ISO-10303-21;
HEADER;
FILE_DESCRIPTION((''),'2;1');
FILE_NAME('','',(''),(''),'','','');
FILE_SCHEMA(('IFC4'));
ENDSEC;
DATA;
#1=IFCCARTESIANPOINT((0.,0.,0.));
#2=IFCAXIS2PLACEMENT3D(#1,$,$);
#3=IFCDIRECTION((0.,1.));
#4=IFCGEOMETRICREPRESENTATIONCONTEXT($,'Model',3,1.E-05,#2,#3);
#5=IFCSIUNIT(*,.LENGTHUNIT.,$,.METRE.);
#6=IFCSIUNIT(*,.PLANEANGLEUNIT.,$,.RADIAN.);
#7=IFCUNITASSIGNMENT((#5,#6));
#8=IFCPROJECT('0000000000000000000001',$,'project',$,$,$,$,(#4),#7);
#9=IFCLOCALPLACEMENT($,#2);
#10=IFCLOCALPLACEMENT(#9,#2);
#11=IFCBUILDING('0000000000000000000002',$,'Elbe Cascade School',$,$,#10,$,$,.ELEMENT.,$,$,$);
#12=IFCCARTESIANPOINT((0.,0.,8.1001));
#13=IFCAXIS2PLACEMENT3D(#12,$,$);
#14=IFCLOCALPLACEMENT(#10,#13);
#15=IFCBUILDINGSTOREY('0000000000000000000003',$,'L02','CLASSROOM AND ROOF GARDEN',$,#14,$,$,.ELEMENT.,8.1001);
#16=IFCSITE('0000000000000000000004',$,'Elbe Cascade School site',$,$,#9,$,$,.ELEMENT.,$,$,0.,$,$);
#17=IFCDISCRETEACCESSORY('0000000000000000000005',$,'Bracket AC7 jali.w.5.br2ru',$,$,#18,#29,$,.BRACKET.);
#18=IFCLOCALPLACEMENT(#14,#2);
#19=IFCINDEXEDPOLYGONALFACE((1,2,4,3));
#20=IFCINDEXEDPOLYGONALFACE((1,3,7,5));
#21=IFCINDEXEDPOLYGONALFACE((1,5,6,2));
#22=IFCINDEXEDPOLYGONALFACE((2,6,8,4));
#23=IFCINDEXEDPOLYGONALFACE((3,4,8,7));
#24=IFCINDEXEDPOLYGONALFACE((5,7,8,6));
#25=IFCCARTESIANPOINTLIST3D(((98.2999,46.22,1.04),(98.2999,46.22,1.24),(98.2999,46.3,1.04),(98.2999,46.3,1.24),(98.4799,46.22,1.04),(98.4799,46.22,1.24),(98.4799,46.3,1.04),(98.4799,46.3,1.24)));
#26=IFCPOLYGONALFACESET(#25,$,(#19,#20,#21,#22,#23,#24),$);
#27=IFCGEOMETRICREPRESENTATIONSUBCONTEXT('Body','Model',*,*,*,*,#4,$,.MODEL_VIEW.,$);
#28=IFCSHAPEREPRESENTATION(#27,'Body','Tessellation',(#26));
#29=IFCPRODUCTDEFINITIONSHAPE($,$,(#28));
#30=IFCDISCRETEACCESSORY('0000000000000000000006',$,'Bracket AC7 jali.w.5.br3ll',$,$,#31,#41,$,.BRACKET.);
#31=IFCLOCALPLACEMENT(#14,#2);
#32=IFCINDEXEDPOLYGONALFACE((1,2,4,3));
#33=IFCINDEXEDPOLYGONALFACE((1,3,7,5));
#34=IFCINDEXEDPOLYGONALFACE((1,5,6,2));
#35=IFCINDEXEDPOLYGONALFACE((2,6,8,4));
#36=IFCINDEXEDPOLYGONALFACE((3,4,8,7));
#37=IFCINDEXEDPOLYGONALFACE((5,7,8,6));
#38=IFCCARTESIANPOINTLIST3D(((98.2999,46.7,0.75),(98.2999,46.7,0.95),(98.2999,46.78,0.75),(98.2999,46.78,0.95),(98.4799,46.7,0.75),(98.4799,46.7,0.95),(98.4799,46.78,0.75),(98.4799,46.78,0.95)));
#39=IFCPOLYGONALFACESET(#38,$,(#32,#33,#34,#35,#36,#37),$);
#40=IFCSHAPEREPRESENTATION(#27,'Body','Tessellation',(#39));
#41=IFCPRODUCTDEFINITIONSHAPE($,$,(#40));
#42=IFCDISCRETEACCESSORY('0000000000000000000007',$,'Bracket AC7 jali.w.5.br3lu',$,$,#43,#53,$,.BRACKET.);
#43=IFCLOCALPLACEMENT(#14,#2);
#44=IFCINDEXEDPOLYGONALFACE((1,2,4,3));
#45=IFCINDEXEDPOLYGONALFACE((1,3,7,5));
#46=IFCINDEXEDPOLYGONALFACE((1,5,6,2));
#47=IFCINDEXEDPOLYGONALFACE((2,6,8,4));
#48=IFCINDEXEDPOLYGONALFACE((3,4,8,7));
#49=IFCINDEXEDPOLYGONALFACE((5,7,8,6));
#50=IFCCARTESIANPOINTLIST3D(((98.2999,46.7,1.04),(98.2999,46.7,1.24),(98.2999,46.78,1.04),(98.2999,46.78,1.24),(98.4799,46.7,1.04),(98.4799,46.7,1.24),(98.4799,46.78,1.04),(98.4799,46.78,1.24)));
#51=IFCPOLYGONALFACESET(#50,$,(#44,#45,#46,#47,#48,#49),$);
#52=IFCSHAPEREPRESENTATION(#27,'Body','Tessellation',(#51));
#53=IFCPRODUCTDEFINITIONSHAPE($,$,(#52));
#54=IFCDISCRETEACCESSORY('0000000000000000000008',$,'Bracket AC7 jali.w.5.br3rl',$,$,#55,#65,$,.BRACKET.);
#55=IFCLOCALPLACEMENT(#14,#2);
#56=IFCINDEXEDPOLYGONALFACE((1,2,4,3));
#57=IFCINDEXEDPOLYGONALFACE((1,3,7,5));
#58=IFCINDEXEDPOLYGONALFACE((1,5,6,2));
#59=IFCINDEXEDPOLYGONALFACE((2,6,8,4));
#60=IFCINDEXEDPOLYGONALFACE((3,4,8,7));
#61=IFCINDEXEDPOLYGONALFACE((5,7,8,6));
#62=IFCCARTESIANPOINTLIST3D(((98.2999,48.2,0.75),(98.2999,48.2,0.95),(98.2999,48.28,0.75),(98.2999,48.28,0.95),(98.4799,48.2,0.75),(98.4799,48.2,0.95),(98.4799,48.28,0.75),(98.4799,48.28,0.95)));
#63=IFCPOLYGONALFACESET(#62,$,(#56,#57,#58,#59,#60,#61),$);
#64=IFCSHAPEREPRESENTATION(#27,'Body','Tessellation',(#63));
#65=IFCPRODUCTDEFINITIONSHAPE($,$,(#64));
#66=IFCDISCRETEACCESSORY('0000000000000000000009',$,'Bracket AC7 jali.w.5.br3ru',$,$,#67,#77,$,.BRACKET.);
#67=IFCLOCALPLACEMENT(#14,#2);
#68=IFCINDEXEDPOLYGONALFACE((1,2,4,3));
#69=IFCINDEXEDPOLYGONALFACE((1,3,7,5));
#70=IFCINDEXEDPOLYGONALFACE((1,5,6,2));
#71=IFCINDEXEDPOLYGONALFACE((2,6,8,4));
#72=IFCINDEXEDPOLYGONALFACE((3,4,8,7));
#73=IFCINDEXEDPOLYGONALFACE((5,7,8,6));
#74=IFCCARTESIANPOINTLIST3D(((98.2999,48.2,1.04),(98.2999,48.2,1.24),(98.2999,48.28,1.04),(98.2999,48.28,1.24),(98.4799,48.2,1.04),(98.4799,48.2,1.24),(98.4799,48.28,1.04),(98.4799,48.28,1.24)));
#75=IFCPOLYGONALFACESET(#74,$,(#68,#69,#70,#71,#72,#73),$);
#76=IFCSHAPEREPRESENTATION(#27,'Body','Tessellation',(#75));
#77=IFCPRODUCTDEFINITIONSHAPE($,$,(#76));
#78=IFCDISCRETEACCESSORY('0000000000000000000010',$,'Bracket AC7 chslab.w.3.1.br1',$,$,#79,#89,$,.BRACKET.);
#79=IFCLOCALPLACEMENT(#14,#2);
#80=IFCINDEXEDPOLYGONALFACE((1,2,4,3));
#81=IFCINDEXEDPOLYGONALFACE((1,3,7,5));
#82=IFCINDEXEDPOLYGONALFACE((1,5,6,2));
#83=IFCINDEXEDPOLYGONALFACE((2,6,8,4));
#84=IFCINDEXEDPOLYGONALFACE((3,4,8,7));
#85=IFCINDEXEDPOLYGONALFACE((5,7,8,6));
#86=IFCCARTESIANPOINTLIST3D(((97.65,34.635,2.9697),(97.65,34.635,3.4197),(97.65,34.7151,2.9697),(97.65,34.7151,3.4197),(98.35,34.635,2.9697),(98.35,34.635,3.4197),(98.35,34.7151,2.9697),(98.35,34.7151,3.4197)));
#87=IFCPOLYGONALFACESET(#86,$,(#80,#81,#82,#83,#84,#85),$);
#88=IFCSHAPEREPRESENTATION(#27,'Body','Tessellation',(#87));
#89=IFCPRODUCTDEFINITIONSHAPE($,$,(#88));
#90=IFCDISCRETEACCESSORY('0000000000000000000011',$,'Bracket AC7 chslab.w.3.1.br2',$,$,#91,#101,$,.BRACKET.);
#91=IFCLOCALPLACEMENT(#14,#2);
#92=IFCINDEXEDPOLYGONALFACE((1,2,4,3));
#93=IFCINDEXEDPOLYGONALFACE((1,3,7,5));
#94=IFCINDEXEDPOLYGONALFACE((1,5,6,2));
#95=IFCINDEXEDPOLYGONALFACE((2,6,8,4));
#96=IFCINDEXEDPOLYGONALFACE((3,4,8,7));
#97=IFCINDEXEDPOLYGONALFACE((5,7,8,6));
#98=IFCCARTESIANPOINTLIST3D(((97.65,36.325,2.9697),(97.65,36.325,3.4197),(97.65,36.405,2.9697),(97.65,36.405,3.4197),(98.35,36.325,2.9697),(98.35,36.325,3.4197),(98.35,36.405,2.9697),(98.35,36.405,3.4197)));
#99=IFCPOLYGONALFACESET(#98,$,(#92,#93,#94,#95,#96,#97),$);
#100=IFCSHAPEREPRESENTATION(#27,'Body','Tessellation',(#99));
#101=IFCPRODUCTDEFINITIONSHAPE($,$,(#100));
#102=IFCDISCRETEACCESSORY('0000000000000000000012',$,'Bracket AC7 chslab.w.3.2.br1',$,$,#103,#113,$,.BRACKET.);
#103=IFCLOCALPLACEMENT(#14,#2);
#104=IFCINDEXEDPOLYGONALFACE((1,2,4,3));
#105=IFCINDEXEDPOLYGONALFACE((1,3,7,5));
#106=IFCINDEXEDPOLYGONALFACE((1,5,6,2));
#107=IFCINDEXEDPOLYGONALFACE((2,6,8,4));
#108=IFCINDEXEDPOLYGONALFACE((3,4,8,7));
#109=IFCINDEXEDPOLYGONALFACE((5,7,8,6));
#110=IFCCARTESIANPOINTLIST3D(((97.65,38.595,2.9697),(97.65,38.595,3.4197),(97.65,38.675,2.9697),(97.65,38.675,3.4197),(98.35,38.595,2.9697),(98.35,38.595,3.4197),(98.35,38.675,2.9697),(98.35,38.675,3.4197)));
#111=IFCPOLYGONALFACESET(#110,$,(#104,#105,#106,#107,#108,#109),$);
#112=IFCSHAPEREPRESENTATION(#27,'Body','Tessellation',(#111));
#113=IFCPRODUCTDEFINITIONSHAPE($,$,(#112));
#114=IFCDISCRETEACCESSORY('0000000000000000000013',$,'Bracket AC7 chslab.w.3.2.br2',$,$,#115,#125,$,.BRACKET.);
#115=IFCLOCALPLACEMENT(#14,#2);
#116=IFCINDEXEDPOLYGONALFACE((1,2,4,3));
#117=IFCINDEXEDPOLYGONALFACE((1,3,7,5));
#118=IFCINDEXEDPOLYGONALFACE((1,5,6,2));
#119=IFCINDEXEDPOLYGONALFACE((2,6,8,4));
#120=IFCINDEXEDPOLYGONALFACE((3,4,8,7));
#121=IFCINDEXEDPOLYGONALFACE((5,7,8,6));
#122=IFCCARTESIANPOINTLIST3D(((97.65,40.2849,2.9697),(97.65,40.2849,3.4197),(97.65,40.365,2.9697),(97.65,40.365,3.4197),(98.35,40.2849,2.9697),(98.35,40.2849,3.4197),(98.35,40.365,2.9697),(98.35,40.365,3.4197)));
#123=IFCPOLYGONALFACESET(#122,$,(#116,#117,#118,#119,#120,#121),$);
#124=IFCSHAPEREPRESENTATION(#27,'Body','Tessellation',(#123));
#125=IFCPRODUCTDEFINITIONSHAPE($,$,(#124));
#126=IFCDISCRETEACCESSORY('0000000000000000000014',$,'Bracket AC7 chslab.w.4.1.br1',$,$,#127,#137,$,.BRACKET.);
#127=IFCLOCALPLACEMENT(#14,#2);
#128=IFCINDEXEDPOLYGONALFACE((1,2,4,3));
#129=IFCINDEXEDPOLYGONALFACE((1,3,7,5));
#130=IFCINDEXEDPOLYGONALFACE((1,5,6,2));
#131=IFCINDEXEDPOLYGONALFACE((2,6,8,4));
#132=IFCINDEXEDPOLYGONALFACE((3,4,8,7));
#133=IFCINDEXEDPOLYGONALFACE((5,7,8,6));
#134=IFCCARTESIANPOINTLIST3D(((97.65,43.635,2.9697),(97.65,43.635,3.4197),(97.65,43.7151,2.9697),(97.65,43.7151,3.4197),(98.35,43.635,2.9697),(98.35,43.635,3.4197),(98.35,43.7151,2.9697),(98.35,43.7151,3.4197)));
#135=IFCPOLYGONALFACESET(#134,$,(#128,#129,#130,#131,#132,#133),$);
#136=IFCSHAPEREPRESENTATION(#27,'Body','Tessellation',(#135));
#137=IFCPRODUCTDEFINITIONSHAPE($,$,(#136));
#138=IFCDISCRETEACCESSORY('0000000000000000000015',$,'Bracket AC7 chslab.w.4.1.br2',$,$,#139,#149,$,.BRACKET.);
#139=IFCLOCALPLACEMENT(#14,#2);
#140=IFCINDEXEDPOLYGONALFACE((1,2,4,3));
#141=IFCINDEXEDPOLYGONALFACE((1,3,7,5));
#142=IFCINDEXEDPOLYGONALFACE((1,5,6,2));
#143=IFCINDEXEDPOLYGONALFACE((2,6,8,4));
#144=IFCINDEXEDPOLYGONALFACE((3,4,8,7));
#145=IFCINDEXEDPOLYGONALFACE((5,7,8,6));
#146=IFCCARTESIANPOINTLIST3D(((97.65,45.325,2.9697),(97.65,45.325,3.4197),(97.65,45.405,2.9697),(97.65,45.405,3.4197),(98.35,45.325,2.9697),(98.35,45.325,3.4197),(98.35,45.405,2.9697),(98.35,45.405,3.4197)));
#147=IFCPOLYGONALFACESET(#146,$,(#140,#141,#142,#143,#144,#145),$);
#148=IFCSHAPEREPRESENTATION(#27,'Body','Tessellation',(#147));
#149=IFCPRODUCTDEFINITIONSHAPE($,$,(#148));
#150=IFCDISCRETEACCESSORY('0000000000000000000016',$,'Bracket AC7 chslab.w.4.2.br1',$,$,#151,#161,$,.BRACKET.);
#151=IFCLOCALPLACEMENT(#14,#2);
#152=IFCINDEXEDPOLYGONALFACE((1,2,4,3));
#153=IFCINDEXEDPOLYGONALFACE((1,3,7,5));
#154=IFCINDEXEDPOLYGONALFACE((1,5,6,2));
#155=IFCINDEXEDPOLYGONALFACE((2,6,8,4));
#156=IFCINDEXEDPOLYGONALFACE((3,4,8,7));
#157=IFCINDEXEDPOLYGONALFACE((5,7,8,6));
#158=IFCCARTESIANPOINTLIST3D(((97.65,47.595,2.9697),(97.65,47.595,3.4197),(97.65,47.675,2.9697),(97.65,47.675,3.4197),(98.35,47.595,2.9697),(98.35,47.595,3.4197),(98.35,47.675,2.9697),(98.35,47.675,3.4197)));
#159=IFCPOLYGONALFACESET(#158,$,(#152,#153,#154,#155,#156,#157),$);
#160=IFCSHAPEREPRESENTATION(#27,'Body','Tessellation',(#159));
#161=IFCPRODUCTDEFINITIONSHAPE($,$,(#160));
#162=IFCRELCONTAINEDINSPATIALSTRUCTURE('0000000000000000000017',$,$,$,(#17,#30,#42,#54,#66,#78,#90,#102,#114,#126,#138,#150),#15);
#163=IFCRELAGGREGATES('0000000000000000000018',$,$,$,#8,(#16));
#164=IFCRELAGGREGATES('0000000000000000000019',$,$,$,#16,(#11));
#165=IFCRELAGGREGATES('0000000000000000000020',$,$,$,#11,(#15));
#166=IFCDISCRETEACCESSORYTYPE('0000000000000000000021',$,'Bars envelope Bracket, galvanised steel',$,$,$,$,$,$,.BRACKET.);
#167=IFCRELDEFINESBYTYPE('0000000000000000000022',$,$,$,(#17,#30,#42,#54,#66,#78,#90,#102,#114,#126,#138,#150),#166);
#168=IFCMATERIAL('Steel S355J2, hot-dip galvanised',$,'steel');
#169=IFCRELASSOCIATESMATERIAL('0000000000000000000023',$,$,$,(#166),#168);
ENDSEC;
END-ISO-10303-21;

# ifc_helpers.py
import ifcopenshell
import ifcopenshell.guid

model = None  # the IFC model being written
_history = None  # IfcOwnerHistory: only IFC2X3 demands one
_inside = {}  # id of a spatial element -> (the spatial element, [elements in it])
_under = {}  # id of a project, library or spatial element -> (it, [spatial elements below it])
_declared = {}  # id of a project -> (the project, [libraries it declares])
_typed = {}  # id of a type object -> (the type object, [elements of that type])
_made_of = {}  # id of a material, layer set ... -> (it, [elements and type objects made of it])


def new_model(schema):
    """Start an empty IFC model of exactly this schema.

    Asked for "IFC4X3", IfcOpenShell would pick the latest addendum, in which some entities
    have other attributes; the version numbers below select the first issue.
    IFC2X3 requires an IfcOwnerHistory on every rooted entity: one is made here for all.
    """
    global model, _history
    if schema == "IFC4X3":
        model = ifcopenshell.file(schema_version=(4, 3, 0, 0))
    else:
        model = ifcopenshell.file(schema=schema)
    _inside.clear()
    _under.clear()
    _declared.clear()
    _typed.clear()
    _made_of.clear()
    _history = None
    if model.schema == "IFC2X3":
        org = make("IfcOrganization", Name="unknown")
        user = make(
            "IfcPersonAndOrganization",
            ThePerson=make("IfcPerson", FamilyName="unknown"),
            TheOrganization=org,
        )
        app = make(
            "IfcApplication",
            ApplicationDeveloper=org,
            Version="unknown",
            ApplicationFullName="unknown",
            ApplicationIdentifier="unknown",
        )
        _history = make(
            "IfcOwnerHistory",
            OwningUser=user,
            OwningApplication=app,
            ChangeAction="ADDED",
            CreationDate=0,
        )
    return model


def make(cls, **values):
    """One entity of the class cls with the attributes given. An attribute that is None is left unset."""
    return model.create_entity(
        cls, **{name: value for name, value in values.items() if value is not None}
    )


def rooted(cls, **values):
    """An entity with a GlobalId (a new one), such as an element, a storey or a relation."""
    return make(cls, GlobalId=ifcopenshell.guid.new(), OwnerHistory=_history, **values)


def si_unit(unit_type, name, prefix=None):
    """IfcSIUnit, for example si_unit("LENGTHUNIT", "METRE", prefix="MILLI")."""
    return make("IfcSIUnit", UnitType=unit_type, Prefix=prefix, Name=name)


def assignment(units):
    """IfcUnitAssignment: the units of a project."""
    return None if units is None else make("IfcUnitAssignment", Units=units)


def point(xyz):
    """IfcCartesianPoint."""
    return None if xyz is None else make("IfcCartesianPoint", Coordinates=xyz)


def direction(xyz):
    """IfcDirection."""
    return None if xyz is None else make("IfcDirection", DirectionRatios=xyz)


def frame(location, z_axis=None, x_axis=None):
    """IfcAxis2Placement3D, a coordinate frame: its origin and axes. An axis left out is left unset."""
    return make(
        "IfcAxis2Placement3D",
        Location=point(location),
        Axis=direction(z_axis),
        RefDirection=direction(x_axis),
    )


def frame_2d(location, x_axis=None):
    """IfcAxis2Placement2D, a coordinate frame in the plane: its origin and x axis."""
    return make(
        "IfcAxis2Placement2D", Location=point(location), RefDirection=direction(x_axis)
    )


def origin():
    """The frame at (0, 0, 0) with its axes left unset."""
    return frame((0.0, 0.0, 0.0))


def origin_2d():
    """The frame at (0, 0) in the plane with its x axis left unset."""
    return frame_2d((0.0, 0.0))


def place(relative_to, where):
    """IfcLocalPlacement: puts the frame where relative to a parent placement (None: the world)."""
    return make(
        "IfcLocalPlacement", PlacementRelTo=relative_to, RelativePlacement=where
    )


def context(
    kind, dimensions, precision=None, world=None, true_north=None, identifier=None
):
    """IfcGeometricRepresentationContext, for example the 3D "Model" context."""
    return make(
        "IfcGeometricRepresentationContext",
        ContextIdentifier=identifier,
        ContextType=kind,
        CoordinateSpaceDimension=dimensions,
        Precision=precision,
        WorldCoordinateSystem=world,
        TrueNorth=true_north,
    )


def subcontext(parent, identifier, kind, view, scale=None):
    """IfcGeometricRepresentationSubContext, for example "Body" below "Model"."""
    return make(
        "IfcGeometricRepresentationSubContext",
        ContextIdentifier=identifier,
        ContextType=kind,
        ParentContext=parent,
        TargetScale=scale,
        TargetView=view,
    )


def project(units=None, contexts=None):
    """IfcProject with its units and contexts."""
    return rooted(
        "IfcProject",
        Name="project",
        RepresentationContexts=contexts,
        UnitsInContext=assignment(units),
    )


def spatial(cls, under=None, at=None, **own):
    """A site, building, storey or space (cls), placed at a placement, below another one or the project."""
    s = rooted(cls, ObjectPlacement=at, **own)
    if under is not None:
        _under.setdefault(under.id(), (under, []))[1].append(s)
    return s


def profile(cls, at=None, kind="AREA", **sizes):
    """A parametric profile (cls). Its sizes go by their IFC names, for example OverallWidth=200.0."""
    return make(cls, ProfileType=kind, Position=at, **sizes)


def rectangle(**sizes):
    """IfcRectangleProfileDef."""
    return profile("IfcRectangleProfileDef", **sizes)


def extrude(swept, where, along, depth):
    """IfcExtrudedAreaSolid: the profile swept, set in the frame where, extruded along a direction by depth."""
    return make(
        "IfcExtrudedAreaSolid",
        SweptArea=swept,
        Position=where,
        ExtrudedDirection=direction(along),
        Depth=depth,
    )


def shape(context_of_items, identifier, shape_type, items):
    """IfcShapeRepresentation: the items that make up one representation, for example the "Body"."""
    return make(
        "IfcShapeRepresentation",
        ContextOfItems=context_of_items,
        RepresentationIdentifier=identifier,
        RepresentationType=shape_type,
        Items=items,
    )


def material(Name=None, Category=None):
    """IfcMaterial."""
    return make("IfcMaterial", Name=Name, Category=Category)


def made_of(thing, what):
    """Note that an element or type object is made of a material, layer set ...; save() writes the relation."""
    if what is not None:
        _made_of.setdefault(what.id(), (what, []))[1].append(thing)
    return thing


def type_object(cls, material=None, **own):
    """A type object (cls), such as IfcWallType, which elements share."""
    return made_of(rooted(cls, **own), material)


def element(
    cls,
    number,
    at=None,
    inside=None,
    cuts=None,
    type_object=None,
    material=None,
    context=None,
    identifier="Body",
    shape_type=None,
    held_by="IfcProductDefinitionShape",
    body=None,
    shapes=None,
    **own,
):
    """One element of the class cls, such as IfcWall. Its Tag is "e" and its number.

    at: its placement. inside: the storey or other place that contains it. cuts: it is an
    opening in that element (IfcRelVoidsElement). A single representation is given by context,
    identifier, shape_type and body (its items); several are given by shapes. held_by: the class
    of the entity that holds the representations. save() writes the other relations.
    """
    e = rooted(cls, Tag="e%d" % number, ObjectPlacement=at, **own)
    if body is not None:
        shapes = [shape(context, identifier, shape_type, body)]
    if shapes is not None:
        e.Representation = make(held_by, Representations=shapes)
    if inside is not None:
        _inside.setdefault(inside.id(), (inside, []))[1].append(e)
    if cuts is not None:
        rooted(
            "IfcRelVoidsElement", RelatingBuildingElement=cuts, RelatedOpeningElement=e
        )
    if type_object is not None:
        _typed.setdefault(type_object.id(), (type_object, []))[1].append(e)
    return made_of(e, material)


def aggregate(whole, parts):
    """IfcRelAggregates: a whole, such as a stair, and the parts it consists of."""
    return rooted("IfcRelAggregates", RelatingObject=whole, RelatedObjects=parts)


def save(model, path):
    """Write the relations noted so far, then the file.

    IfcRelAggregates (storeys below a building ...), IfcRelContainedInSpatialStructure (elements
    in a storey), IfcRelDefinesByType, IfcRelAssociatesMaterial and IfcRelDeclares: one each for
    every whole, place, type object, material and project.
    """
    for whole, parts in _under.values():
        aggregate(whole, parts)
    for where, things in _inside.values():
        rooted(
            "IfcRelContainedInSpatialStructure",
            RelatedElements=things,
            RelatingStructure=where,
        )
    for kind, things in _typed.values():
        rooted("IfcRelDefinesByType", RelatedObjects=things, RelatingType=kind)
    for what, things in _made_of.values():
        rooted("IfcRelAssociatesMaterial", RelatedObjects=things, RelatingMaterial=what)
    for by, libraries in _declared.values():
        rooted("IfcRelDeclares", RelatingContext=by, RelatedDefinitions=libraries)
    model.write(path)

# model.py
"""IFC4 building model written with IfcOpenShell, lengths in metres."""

from ifc_helpers import new_model, si_unit, direction, frame, origin, origin_2d, place, context, subcontext, project, spatial, rectangle, extrude, material, type_object, element, save


model = new_model("IFC4")

# Units and contexts
model_context = context("Model", 3, precision=1e-05, world=origin(), true_north=direction((0.0, 1.0)))
body_context = subcontext(model_context, "Body", "Model", "MODEL_VIEW")
ifc_project = project(units=[si_unit("LENGTHUNIT", "METRE"), si_unit("PLANEANGLEUNIT", "RADIAN")], contexts=[model_context])

# Site, building, storey
site_placement = place(None, origin())
site = spatial("IfcSite", under=ifc_project, at=site_placement, Name="Elbe Cascade School site", CompositionType="ELEMENT", RefElevation=0.0)
building_placement = place(site_placement, origin())
building = spatial("IfcBuilding", under=site, at=building_placement, Name="Elbe Cascade School", CompositionType="ELEMENT")
storey_placement = place(building_placement, frame((0.0, 0.0, 8.1001)))
storey = spatial("IfcBuildingStorey", under=building, at=storey_placement, Name="L02", Description="CLASSROOM AND ROOF GARDEN", CompositionType="ELEMENT", Elevation=8.1001)

# Discrete accessories
ifc_material_1 = material(Name="Steel S355J2, hot-dip galvanised", Category="steel")
discrete_accessory_type = type_object("IfcDiscreteAccessoryType", Name="Bars envelope Bracket, galvanised steel", PredefinedType="BRACKET", material=ifc_material_1)
for number, where, z_axis, x_axis, name in (
    (1, (98.3899, 46.26, 1.04), (0.0, 0.0, 1.0), (0.0, 1.0, 0.0), "Bracket AC7 jali.w.5.br2ru"),
    (2, (98.3899, 46.74, 0.75), (0.0, 0.0, 1.0), (0.0, 1.0, 0.0), "Bracket AC7 jali.w.5.br3ll"),
    (3, (98.3899, 46.74, 1.04), (0.0, 0.0, 1.0), (0.0, 1.0, 0.0), "Bracket AC7 jali.w.5.br3lu"),
    (4, (98.3899, 48.24, 0.75), (0.0, 0.0, 1.0), (0.0, 1.0, 0.0), "Bracket AC7 jali.w.5.br3rl"),
    (5, (98.3899, 48.24, 1.04), (0.0, 0.0, 1.0), (0.0, 1.0, 0.0), "Bracket AC7 jali.w.5.br3ru"),
):
    element("IfcDiscreteAccessory", number, at=place(storey_placement, frame(where, z_axis=z_axis, x_axis=x_axis)), inside=storey, type_object=discrete_accessory_type, Name=name, PredefinedType="BRACKET", context=body_context, shape_type="SweptSolid", body=[
        extrude(rectangle(XDim=0.0801, YDim=0.1799, at=origin_2d()), origin(), (0.0, 0.0, 1.0), 0.2),
    ])
for number, where, z_axis, x_axis, name in (
    (6, (98.0, 34.675, 2.9697), (0.0, 0.0, 1.0), (0.0, 1.0, 0.0), "Bracket AC7 chslab.w.3.1.br1"),
    (7, (98.0, 36.365, 2.9697), (0.0, 0.0, 1.0), (0.0, 1.0, 0.0), "Bracket AC7 chslab.w.3.1.br2"),
    (8, (98.0, 38.635, 2.9697), (0.0, 0.0, 1.0), (0.0, 1.0, 0.0), "Bracket AC7 chslab.w.3.2.br1"),
    (9, (98.0, 40.325, 2.9697), (0.0, 0.0, 1.0), (0.0, 1.0, 0.0), "Bracket AC7 chslab.w.3.2.br2"),
    (10, (98.0, 43.675, 2.9697), (0.0, 0.0, 1.0), (0.0, 1.0, 0.0), "Bracket AC7 chslab.w.4.1.br1"),
    (11, (98.0, 45.365, 2.9697), (0.0, 0.0, 1.0), (0.0, 1.0, 0.0), "Bracket AC7 chslab.w.4.1.br2"),
    (12, (98.0, 47.635, 2.9697), (0.0, 0.0, 1.0), (0.0, 1.0, 0.0), "Bracket AC7 chslab.w.4.2.br1"),
):
    element("IfcDiscreteAccessory", number, at=place(storey_placement, frame(where, z_axis=z_axis, x_axis=x_axis)), inside=storey, type_object=discrete_accessory_type, Name=name, PredefinedType="BRACKET", context=body_context, shape_type="SweptSolid", body=[
        extrude(rectangle(XDim=0.0801, YDim=0.7, at=origin_2d()), origin(), (0.0, 0.0, 1.0), 0.45),
    ])

save(model, "model.ifc")
